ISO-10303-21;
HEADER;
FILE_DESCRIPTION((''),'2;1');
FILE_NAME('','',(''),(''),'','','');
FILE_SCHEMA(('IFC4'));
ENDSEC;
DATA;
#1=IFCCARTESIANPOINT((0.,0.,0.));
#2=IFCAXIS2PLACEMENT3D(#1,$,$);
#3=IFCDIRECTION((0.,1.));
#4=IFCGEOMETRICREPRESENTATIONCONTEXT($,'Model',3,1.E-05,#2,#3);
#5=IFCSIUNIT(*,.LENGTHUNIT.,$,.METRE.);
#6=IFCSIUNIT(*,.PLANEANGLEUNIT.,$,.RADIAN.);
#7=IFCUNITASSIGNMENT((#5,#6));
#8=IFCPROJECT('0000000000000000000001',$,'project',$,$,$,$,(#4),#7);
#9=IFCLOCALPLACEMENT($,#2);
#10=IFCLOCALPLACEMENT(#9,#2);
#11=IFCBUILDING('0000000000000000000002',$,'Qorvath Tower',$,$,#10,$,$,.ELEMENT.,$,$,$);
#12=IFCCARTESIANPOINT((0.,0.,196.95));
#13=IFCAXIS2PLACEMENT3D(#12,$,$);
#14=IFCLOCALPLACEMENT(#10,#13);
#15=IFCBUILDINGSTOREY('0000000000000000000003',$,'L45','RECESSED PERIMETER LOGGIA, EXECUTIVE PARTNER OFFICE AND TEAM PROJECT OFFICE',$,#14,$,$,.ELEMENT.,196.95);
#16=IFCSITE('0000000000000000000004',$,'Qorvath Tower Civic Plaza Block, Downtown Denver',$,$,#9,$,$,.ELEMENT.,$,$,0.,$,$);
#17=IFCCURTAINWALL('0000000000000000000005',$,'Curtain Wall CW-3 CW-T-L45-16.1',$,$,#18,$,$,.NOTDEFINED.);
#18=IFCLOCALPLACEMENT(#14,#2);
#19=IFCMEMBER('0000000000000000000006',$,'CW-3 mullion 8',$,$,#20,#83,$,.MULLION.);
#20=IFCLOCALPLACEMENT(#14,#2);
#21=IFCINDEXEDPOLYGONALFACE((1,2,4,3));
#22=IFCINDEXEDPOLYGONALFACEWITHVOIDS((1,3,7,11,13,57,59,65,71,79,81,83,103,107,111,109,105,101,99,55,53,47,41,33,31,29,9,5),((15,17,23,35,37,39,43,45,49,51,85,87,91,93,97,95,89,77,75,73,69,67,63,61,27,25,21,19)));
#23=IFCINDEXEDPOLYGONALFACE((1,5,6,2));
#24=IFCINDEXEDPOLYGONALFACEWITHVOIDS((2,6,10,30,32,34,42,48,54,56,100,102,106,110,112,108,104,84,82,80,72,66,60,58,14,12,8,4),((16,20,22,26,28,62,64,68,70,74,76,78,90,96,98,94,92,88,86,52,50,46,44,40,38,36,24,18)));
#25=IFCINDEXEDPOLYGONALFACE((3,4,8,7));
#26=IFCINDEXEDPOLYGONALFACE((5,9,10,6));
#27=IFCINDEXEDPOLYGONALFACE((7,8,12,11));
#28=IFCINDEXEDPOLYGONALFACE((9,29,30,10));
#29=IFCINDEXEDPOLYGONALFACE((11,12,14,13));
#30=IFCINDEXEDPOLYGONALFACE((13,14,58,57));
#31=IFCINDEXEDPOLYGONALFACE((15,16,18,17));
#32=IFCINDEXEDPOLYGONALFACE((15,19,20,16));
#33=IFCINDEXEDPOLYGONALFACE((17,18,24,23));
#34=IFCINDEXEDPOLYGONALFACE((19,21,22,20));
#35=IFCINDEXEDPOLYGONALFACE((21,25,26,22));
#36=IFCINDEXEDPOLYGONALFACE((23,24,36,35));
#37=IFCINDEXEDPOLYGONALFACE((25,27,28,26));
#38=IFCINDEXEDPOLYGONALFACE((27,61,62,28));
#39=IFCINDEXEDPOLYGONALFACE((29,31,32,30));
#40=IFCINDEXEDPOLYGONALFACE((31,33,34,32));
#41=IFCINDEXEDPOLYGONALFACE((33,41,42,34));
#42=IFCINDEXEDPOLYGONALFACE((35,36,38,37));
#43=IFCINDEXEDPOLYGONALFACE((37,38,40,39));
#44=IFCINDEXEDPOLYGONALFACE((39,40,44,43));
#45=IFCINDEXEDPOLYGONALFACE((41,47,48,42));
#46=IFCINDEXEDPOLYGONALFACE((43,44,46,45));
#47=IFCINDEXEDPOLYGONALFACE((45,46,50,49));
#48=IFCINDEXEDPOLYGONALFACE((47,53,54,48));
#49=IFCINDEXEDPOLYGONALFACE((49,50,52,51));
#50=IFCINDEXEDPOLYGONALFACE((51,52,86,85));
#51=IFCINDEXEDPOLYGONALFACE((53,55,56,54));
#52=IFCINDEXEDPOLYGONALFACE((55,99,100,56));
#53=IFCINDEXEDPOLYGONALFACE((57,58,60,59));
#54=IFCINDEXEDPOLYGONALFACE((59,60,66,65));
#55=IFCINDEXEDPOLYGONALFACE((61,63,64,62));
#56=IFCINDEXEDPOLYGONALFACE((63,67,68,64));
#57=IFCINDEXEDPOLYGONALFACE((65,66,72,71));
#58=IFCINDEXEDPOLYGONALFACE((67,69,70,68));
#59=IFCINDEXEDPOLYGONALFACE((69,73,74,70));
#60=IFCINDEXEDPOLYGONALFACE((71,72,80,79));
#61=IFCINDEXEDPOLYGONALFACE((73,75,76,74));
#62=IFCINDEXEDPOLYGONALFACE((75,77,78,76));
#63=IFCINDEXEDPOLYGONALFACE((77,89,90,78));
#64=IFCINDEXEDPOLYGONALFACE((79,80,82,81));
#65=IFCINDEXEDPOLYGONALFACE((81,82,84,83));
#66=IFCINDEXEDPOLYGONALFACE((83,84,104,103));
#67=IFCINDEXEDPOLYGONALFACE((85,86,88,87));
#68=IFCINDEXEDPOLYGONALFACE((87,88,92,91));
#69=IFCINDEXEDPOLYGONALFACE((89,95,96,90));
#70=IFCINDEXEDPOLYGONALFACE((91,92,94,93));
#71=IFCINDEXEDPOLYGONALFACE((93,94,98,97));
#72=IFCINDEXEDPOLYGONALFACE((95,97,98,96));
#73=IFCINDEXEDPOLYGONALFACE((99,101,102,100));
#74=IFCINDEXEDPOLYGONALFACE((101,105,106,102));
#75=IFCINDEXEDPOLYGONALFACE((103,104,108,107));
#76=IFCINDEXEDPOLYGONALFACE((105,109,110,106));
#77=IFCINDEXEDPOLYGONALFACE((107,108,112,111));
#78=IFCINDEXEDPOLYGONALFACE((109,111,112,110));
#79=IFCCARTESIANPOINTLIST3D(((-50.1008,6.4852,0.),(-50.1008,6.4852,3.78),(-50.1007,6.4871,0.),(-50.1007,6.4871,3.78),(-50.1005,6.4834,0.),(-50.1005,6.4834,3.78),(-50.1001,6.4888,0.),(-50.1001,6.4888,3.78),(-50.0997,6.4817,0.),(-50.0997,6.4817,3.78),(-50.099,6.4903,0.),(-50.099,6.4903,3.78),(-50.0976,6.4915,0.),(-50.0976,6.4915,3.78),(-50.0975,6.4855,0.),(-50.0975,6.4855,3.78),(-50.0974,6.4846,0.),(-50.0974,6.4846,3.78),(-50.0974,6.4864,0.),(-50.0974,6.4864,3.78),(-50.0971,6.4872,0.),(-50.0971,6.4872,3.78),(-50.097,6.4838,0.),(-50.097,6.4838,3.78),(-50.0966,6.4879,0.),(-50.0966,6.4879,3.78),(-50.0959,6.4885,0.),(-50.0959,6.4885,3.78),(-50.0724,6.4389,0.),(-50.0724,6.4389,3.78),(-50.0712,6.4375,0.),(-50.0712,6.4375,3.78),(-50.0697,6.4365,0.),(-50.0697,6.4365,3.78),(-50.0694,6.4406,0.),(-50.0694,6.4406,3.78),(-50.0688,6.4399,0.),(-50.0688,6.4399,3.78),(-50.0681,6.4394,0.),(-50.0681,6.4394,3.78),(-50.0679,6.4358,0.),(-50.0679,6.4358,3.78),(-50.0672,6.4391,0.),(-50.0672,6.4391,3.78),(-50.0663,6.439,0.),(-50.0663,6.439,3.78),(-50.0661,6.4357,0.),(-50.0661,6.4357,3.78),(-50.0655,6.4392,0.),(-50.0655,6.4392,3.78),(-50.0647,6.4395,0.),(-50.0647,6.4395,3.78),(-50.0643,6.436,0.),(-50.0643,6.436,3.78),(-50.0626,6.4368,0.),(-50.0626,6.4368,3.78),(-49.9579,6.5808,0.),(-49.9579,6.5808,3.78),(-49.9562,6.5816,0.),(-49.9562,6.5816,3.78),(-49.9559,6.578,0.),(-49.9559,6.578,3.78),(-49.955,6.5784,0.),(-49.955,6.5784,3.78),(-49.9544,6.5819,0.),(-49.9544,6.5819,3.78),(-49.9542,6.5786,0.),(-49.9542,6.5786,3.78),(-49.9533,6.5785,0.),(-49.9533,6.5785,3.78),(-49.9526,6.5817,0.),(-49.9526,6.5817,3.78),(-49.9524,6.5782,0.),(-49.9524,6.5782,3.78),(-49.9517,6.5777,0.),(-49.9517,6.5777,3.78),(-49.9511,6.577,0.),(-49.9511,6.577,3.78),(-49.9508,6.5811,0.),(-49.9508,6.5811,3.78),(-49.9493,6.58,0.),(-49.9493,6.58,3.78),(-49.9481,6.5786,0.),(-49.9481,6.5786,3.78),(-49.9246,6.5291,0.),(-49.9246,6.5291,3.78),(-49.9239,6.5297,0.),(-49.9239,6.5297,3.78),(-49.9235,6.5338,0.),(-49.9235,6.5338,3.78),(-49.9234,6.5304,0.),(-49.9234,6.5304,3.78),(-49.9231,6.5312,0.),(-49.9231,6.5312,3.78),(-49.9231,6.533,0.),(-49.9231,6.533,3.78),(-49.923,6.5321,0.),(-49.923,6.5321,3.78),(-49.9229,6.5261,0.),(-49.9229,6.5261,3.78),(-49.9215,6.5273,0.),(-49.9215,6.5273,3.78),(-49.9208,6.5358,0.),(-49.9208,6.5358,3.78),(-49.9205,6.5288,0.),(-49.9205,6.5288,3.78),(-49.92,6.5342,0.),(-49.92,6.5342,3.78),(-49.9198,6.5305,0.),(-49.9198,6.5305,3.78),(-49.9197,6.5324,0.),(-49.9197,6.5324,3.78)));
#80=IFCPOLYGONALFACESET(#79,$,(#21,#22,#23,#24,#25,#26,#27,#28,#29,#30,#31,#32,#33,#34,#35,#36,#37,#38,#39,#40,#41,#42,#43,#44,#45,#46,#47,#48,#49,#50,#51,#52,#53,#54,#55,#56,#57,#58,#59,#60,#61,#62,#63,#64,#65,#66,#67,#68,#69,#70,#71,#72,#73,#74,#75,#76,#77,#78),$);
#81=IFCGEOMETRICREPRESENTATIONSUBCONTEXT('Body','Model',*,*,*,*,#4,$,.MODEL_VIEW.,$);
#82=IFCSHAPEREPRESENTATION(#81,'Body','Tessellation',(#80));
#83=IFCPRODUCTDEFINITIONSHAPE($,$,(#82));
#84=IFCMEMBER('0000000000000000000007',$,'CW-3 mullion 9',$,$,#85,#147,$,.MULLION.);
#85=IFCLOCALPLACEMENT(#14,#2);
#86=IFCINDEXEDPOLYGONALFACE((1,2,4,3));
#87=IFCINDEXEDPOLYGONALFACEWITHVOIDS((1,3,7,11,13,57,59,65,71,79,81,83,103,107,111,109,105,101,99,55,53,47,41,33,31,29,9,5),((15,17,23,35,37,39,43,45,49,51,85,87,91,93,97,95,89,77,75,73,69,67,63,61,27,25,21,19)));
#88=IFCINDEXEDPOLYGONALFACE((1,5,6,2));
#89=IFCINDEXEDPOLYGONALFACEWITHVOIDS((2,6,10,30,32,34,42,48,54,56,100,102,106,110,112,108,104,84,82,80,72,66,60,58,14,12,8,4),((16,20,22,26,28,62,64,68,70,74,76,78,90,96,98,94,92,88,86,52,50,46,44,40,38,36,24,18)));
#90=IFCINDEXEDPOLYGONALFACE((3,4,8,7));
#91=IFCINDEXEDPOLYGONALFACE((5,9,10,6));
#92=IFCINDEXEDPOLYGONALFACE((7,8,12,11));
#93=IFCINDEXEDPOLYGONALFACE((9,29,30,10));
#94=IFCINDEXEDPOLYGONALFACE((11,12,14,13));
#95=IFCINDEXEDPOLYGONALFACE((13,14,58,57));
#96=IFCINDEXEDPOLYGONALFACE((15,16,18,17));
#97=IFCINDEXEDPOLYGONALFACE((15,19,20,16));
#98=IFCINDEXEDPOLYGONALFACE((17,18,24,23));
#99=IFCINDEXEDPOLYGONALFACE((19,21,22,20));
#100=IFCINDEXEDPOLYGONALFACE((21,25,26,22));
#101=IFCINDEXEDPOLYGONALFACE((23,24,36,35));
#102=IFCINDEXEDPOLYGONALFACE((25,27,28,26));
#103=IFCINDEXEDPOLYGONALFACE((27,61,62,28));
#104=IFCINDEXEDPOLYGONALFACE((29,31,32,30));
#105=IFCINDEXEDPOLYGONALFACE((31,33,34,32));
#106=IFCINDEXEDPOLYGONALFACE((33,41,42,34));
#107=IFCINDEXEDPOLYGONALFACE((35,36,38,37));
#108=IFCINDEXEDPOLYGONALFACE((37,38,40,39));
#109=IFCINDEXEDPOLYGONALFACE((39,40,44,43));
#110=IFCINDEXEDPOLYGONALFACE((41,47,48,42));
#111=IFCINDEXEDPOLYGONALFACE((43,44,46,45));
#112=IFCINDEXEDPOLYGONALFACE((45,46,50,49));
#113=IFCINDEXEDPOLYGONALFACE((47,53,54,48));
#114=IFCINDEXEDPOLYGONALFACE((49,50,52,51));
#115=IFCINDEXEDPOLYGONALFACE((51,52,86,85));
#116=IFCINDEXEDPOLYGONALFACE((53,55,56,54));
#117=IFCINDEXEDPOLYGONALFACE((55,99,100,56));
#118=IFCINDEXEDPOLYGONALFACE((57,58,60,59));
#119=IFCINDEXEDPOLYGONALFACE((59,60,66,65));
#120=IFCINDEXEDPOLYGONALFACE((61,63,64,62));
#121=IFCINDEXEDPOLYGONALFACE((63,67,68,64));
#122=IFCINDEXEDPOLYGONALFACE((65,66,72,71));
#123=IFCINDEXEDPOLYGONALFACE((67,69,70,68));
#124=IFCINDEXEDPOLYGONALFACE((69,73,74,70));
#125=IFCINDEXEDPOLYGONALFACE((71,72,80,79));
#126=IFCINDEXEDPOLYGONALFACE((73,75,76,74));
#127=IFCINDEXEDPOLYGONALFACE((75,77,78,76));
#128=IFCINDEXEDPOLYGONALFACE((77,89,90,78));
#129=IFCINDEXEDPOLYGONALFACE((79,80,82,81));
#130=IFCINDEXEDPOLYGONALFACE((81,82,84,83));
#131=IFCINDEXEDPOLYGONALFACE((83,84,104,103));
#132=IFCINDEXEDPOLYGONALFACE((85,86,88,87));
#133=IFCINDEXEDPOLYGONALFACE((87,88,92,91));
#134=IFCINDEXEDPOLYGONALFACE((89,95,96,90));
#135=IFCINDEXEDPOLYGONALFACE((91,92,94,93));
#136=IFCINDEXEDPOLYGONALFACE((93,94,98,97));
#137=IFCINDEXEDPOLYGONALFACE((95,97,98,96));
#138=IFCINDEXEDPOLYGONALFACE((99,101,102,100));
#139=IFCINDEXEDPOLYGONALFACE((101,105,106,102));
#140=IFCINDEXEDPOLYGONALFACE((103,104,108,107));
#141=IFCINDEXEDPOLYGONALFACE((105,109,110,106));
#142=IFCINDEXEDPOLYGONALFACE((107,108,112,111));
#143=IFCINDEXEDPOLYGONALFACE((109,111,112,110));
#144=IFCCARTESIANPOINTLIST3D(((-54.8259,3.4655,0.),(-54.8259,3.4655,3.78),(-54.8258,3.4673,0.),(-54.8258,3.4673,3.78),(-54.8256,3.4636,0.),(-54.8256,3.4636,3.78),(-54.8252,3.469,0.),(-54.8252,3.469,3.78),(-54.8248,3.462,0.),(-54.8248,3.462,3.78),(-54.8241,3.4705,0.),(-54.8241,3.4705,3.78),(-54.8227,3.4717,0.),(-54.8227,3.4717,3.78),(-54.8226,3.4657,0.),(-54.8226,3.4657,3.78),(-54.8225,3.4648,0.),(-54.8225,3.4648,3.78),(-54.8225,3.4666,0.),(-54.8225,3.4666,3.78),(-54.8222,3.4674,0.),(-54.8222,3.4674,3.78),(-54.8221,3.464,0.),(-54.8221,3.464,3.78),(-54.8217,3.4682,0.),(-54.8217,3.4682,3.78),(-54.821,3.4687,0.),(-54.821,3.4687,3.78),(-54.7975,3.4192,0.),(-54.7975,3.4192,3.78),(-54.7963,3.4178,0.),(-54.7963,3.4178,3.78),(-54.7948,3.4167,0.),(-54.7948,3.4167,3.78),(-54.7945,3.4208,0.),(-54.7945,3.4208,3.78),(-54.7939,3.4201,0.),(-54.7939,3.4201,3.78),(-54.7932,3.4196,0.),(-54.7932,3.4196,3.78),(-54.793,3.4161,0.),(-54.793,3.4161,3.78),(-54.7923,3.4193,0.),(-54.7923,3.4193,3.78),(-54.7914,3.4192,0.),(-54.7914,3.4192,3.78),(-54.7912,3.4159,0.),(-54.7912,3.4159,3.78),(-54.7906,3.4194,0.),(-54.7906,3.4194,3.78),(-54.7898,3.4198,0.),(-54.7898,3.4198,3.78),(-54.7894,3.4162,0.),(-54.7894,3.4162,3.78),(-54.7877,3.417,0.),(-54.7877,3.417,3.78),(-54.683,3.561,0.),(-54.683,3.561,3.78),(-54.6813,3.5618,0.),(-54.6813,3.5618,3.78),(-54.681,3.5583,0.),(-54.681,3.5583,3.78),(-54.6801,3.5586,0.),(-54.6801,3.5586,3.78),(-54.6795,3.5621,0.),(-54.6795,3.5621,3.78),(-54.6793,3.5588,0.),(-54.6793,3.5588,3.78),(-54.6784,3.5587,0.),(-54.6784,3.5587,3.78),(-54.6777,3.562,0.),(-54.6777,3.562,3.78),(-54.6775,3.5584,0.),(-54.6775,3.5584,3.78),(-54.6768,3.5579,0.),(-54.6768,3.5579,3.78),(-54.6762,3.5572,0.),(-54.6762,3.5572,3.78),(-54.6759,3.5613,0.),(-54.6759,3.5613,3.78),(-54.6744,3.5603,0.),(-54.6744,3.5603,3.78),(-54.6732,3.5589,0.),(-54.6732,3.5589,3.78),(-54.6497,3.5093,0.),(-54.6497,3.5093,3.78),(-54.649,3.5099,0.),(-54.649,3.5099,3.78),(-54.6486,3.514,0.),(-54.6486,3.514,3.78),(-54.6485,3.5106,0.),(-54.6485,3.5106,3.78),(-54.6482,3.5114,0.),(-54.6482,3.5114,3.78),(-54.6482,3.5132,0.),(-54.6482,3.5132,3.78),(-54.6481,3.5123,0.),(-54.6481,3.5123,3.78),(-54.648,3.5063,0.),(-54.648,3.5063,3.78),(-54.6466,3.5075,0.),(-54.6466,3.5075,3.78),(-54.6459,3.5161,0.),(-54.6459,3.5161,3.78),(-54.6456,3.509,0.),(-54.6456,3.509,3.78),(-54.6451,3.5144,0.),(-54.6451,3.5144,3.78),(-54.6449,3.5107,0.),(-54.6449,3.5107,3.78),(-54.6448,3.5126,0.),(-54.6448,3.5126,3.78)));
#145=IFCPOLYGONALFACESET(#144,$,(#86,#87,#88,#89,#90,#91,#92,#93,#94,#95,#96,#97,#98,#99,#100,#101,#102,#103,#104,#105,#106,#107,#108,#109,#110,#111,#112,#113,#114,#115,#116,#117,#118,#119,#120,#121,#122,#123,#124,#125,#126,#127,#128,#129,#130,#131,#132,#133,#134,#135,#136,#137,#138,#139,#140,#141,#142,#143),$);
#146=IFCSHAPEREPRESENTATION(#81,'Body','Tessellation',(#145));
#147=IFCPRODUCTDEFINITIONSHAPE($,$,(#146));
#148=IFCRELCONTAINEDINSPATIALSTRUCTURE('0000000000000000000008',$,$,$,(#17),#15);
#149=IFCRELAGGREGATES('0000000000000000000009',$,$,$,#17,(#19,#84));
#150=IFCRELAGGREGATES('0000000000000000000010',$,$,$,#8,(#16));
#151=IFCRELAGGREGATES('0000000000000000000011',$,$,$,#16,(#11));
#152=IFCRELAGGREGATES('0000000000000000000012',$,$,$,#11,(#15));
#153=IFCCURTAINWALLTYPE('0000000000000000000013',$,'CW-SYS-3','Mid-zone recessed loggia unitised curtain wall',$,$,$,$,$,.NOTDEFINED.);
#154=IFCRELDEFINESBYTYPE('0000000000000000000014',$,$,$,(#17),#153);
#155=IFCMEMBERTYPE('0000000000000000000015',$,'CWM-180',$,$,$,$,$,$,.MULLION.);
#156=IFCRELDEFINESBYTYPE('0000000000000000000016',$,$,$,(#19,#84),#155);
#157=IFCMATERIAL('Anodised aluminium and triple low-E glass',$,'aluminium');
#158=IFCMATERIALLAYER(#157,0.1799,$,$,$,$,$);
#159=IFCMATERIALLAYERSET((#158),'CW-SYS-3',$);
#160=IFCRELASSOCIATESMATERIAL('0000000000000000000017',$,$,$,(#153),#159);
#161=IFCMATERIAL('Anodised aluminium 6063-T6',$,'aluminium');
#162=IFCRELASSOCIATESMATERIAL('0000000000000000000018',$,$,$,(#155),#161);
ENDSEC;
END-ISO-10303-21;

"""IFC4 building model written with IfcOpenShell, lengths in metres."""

from ifc_helpers import new_model, si_unit, direction, frame, origin, origin_2d, place, context, subcontext, project, spatial, hollow_rectangle, extrude, material, layer, layer_set, material_profile, profile_set, type_object, element, aggregate, save


model = new_model("IFC4")

# Units and contexts
model_context = context("Model", 3, precision=1e-05, world=origin(), true_north=direction((0.0, 1.0)))
body_context = subcontext(model_context, "Body", "Model", "MODEL_VIEW")
ifc_project = project(units=[si_unit("LENGTHUNIT", "METRE"), si_unit("PLANEANGLEUNIT", "RADIAN")], contexts=[model_context])

# Site, building, storey
site_placement = place(None, origin())
site = spatial("IfcSite", under=ifc_project, at=site_placement, Name="Qorvath Tower Civic Plaza Block, Downtown Denver", CompositionType="ELEMENT", RefElevation=0.0)
building_placement = place(site_placement, origin())
building = spatial("IfcBuilding", under=site, at=building_placement, Name="Qorvath Tower", CompositionType="ELEMENT")
storey_placement = place(building_placement, frame((0.0, 0.0, 196.95)))
storey = spatial("IfcBuildingStorey", under=building, at=storey_placement, Name="L45", Description="RECESSED PERIMETER LOGGIA, EXECUTIVE PARTNER OFFICE AND TEAM PROJECT OFFICE", CompositionType="ELEMENT", Elevation=196.95)

# Curtain wall, members
ifc_material_1 = material(Name="Anodised aluminium and triple low-E glass", Category="aluminium")
ifc_layer_1 = layer(ifc_material_1, 0.1799)
ifc_layer_set_1 = layer_set([ifc_layer_1], Name="CW-SYS-3")
curtain_wall_type = type_object("IfcCurtainWallType", Name="CW-SYS-3", Description="Mid-zone recessed loggia unitised curtain wall", PredefinedType="NOTDEFINED", material=ifc_layer_set_1)
curtain_wall_placement = place(storey_placement, origin())
curtain_wall = element("IfcCurtainWall", 1, at=curtain_wall_placement, inside=storey, type_object=curtain_wall_type, Name="Curtain Wall CW-3 CW-T-L45-16.1", PredefinedType="NOTDEFINED")
ifc_material_2 = material(Name="Anodised aluminium 6063-T6", Category="aluminium")
ifc_material_profile_1 = material_profile(ifc_material_2, hollow_rectangle(XDim=0.0649, YDim=0.1799, WallThickness=0.0034, InnerFilletRadius=0.0034, OuterFilletRadius=0.0071, at=origin_2d()), Name="CWM 180x65")
ifc_profile_set_1 = profile_set([ifc_material_profile_1], Name="Anodised aluminium 6063-T6")
member_type_1 = type_object("IfcMemberType", Name="CWM-180", PredefinedType="MULLION", material=ifc_profile_set_1)
member_1_placement = place(storey_placement, frame((-50.0103, 6.5088, 0.0), z_axis=(0.0, 0.0, 1.0), x_axis=(0.538534, -0.842604, 0.0)))
member_1 = element("IfcMember", 2, at=member_1_placement, type_object=member_type_1, Name="CW-3 mullion 8", PredefinedType="MULLION", context=body_context, shape_type="SweptSolid", body=[
    extrude(hollow_rectangle(XDim=0.0649, YDim=0.1799, WallThickness=0.0034, InnerFilletRadius=0.0034, OuterFilletRadius=0.0071, at=origin_2d()), origin(), (0.0, 0.0, 1.0), 3.78),
])
member_2_placement = place(storey_placement, frame((-54.7354, 3.489, 0.0), z_axis=(0.0, 0.0, 1.0), x_axis=(0.538534, -0.842604, 0.0)))
member_2 = element("IfcMember", 3, at=member_2_placement, type_object=member_type_1, Name="CW-3 mullion 9", PredefinedType="MULLION", context=body_context, shape_type="SweptSolid", body=[
    extrude(hollow_rectangle(XDim=0.0649, YDim=0.1799, WallThickness=0.0034, InnerFilletRadius=0.0034, OuterFilletRadius=0.0071, at=origin_2d()), origin(), (0.0, 0.0, 1.0), 3.78),
])
aggregate(curtain_wall, [member_1, member_2])

save(model, "model.ifc")
